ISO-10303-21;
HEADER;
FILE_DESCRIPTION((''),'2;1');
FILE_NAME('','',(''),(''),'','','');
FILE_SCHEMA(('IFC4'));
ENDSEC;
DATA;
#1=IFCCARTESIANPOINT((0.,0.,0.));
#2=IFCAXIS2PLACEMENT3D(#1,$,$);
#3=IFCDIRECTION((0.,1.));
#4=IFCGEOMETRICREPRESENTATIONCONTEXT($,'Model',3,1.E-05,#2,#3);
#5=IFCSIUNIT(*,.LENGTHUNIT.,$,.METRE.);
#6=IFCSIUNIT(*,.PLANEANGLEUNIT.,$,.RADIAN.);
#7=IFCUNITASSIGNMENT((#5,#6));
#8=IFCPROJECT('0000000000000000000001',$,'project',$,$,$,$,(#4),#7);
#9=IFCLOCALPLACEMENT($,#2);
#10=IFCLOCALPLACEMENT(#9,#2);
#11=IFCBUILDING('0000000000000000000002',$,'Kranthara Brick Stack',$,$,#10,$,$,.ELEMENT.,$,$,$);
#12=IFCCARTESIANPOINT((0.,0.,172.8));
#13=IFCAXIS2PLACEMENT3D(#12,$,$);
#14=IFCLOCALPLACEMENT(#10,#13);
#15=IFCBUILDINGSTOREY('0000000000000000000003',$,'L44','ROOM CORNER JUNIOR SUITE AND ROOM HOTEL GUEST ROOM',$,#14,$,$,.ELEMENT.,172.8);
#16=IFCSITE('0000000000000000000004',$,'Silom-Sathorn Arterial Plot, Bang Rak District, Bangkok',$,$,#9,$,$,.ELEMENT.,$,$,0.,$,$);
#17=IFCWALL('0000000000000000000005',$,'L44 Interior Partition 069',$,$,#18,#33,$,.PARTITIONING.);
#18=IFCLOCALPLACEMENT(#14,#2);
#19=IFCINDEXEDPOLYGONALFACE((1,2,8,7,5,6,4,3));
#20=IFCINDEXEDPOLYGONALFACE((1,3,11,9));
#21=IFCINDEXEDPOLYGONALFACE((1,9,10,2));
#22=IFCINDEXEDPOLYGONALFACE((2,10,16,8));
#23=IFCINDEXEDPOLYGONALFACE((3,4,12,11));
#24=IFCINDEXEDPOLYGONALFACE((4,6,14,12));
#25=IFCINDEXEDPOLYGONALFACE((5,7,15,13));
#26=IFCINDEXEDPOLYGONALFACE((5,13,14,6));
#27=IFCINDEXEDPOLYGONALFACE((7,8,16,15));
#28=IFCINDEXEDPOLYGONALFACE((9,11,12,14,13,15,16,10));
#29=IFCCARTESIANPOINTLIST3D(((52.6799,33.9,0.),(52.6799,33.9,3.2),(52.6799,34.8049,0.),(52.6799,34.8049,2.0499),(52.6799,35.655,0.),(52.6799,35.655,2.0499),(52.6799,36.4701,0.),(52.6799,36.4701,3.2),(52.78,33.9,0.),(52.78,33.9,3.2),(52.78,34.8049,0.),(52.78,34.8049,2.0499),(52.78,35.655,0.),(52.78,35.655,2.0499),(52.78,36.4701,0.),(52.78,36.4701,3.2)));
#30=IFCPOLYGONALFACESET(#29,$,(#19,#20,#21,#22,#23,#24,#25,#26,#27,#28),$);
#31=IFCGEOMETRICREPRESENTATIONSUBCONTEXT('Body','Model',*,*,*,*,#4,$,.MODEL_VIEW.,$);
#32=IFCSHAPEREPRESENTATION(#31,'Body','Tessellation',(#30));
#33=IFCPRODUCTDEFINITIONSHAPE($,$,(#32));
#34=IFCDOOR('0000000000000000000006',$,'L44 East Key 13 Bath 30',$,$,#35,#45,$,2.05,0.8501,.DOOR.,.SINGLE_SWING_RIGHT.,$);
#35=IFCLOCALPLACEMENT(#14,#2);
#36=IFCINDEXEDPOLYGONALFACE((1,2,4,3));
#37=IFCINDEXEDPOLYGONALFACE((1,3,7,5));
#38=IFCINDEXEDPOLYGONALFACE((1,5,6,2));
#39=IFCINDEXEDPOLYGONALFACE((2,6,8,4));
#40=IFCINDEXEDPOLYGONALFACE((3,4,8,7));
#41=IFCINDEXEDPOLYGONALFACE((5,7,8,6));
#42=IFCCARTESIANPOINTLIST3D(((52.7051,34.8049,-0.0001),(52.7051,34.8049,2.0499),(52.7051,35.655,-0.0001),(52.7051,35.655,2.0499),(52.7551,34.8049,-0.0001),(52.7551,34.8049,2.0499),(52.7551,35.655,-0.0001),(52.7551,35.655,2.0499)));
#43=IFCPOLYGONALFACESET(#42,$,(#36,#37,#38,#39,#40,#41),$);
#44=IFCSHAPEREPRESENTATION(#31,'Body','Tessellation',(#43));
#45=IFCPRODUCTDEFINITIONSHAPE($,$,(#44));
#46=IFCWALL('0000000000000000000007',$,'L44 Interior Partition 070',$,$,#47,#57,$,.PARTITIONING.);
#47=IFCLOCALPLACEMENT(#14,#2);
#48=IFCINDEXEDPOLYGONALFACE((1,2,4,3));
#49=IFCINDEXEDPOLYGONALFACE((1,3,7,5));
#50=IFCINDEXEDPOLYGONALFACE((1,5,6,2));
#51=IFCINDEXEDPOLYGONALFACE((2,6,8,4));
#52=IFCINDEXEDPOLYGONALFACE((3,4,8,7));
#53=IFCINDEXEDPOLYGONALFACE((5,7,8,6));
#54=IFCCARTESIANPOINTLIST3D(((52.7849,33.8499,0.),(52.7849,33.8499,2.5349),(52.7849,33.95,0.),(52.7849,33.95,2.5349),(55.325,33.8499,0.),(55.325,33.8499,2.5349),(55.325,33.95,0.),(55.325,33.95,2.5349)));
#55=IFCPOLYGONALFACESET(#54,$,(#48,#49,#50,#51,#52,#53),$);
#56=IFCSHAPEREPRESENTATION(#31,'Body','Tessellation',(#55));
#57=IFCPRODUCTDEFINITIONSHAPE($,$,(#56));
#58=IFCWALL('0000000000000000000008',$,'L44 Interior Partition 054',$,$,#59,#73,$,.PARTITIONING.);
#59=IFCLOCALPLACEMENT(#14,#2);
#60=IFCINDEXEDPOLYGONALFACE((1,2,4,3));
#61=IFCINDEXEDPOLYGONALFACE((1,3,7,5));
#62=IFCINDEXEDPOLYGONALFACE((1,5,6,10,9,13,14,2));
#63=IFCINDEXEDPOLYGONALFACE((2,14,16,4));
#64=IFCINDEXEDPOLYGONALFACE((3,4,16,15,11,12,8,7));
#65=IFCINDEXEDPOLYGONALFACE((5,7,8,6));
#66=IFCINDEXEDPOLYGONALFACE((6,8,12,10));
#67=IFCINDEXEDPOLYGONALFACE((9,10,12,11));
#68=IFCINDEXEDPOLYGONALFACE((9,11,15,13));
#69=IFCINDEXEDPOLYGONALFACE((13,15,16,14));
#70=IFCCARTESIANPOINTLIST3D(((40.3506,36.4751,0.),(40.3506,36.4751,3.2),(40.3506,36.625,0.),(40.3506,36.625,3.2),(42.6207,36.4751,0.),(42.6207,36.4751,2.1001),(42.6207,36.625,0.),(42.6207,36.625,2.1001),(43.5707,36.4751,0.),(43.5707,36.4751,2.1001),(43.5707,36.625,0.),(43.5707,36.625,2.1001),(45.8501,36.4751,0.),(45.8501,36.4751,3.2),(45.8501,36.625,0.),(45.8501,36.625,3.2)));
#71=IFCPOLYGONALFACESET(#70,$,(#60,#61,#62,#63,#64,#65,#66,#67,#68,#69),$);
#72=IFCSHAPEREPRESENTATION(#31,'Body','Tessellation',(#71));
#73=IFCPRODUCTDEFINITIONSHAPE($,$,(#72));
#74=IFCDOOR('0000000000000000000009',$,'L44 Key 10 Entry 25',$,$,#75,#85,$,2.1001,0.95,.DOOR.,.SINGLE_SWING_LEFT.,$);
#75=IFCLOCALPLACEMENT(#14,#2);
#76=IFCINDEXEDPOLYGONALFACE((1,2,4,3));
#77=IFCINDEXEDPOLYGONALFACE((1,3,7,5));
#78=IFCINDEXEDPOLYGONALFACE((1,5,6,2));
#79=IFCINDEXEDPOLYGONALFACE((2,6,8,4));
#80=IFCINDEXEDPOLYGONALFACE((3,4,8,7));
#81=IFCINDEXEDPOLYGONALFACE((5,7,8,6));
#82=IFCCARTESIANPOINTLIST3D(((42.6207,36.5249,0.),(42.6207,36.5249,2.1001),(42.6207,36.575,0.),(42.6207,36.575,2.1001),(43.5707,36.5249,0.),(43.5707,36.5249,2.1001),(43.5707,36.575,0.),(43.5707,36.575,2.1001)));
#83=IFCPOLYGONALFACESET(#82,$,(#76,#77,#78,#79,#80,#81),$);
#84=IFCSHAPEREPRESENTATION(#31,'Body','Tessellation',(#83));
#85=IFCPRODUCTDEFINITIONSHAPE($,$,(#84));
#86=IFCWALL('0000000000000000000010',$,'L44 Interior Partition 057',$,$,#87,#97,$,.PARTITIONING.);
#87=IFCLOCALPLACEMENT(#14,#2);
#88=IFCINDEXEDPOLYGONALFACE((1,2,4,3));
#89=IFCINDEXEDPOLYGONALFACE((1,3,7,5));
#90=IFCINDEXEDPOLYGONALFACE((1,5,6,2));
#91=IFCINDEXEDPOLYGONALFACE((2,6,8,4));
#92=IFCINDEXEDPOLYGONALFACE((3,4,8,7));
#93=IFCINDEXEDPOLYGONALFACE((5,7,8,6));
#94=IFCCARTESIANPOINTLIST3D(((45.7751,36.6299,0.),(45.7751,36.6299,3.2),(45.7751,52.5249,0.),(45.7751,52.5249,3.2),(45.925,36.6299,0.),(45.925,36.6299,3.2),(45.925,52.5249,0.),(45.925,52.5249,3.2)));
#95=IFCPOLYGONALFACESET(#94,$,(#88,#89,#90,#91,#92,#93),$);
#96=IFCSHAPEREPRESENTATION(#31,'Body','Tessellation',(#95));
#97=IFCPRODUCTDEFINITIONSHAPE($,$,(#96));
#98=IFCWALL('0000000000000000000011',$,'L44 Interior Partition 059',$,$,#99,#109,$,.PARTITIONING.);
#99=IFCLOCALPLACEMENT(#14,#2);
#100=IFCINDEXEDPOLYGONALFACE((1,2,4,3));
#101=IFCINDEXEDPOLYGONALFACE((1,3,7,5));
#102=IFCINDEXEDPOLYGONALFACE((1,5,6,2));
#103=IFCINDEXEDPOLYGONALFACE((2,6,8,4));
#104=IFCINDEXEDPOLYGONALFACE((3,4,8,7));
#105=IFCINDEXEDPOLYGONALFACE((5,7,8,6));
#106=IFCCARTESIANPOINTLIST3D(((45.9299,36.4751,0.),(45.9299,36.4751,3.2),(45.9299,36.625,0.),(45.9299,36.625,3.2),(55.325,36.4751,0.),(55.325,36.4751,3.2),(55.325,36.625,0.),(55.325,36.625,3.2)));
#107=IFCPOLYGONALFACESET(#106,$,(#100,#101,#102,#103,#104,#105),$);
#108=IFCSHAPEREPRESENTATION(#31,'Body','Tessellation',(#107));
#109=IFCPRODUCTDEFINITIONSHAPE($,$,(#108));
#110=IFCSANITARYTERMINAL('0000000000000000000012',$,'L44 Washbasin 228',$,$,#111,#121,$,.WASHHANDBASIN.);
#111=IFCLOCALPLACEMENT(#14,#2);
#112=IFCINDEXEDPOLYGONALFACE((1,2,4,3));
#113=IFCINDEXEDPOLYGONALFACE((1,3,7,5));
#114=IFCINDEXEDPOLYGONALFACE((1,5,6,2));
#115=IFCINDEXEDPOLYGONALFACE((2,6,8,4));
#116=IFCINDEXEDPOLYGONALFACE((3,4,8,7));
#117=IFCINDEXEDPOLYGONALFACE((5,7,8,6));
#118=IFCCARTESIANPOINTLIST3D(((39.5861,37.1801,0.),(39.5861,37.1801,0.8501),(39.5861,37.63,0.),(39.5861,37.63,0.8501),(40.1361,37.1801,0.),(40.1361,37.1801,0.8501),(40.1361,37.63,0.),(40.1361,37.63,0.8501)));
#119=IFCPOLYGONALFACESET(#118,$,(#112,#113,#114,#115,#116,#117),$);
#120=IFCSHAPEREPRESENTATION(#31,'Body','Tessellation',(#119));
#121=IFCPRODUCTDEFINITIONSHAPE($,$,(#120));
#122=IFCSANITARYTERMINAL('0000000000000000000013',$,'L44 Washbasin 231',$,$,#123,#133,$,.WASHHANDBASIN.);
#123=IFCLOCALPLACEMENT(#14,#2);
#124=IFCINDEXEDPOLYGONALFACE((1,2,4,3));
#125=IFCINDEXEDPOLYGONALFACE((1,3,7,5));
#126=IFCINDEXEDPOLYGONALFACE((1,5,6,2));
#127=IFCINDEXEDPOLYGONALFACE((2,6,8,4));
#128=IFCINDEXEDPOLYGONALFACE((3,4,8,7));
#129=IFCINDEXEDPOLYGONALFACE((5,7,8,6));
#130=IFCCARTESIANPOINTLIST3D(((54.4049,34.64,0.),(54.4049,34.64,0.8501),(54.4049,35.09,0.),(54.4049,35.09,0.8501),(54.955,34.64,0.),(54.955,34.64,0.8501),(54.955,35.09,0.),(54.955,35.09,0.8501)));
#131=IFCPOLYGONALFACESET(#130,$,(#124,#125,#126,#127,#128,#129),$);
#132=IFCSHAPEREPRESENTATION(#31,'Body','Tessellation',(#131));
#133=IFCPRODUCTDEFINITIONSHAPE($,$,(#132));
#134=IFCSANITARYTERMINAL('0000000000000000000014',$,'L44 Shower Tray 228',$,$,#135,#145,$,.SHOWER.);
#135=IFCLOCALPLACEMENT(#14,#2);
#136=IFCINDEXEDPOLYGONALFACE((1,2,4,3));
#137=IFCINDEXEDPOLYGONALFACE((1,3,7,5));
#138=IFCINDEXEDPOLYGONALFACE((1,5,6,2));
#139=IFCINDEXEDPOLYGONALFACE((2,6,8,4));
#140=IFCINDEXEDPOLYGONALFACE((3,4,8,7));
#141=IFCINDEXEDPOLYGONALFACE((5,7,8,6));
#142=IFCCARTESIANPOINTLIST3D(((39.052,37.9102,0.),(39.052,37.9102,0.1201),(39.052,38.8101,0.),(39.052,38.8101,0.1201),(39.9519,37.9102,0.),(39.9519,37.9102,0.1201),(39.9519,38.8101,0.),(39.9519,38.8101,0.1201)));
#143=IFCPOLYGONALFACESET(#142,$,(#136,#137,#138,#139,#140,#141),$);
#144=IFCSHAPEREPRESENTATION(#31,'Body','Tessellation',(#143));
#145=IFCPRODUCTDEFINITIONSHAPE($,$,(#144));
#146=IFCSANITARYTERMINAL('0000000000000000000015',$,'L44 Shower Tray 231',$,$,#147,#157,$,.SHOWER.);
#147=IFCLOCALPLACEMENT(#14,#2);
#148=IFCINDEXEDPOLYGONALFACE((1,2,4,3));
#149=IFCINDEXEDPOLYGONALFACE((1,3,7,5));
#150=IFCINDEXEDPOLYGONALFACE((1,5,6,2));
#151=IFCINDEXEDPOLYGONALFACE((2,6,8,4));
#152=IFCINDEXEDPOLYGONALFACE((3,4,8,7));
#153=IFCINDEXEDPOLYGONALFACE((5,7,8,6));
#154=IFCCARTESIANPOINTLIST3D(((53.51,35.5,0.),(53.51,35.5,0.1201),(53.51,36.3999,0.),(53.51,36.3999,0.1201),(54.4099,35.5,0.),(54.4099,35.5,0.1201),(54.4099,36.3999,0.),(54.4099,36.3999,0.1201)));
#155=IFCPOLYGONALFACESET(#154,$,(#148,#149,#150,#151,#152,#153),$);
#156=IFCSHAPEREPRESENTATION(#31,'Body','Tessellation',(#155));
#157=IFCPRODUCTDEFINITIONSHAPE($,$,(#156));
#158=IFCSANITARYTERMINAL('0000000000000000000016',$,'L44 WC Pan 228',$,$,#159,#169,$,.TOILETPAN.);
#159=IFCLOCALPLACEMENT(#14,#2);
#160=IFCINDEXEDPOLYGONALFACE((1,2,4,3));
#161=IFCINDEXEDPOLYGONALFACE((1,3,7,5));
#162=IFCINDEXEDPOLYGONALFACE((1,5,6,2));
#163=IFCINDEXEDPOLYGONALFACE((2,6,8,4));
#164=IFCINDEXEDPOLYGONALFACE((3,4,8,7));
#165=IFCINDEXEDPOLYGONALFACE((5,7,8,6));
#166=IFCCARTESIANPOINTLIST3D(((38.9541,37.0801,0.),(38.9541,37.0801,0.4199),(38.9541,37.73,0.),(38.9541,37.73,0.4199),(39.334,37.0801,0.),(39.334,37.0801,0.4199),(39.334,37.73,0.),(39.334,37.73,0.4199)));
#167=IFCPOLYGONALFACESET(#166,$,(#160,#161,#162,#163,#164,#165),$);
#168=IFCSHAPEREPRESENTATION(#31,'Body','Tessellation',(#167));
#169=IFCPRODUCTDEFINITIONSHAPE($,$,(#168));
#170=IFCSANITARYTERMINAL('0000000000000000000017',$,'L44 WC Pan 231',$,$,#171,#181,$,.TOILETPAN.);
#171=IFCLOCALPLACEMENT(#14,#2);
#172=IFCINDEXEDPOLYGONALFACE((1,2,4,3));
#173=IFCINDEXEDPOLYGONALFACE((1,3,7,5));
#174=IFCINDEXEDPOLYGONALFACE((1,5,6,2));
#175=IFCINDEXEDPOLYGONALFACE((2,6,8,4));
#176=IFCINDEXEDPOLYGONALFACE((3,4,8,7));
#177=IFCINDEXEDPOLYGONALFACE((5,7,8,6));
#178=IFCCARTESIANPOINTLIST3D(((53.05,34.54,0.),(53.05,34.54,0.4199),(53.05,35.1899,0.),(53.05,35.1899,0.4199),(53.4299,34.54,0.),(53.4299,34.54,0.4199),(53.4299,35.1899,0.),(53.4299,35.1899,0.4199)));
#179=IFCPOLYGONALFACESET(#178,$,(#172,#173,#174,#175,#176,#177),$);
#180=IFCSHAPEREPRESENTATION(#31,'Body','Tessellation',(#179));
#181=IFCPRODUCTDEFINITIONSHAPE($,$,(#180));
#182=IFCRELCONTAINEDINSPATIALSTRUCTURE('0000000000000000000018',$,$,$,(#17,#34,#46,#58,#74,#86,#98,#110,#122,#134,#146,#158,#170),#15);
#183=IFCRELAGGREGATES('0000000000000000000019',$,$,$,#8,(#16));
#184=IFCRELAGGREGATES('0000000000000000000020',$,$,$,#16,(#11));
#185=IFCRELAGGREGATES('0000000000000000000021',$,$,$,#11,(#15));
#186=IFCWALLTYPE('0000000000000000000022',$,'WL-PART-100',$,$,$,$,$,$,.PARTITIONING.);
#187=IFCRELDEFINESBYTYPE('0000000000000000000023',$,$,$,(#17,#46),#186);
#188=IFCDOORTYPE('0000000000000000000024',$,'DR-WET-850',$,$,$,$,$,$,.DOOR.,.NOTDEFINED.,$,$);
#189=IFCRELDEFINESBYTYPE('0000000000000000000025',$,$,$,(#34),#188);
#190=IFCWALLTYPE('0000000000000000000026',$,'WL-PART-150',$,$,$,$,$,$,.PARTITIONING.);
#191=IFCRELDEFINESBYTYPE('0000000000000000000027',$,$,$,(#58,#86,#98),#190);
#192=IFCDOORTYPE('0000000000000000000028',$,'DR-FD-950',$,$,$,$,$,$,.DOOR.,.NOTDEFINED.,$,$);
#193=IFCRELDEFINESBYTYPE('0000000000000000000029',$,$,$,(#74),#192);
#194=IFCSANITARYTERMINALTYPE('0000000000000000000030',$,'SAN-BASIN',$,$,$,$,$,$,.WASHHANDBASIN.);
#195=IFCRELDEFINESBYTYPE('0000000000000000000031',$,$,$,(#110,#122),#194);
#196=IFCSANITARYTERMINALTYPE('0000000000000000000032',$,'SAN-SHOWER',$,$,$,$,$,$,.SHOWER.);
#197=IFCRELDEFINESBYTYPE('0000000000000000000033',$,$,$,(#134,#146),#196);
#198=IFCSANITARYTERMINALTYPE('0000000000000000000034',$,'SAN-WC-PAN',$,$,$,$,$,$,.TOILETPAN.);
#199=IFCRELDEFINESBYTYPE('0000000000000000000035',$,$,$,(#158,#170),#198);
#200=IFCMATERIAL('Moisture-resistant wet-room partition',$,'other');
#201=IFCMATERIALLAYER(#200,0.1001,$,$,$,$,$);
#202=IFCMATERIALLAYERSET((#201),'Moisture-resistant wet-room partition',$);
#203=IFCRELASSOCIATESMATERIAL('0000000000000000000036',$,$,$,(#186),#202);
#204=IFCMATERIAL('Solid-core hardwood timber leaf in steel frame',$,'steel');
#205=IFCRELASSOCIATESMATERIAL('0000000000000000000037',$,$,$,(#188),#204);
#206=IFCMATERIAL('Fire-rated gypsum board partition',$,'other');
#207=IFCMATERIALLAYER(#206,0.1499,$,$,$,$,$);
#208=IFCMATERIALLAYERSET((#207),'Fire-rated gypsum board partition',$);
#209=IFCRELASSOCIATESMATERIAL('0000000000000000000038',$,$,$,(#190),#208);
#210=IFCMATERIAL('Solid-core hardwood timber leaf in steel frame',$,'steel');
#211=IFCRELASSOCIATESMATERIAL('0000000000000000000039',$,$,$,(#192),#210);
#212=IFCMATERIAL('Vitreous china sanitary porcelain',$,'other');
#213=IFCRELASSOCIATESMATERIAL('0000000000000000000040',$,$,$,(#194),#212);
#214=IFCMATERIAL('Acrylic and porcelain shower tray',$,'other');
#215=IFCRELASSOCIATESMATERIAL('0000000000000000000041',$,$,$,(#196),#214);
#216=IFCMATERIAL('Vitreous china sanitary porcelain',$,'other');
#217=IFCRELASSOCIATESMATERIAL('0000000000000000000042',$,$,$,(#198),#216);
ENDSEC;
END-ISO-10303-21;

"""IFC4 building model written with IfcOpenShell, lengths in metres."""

from ifc_helpers import new_model, si_unit, direction, frame, frame_2d, origin, origin_2d, place, context, subcontext, project, spatial, rectangle, extrude, material, layer, layer_set, type_object, element, fill, save


model = new_model("IFC4")

# Units and contexts
model_context = context("Model", 3, precision=1e-05, world=origin(), true_north=direction((0.0, 1.0)))
body_context = subcontext(model_context, "Body", "Model", "MODEL_VIEW")
ifc_project = project(units=[si_unit("LENGTHUNIT", "METRE"), si_unit("PLANEANGLEUNIT", "RADIAN")], contexts=[model_context])

# Site, building, storey
site_placement = place(None, origin())
site = spatial("IfcSite", under=ifc_project, at=site_placement, Name="Silom-Sathorn Arterial Plot, Bang Rak District, Bangkok", CompositionType="ELEMENT", RefElevation=0.0)
building_placement = place(site_placement, origin())
building = spatial("IfcBuilding", under=site, at=building_placement, Name="Kranthara Brick Stack", CompositionType="ELEMENT")
storey_placement = place(building_placement, frame((0.0, 0.0, 172.8)))
storey = spatial("IfcBuildingStorey", under=building, at=storey_placement, Name="L44", Description="ROOM CORNER JUNIOR SUITE AND ROOM HOTEL GUEST ROOM", CompositionType="ELEMENT", Elevation=172.8)

# Wall, opening, door
ifc_material_1 = material(Name="Moisture-resistant wet-room partition", Category="other")
ifc_layer_1 = layer(ifc_material_1, 0.1001)
ifc_layer_set_1 = layer_set([ifc_layer_1], Name="Moisture-resistant wet-room partition")
wall_type_1 = type_object("IfcWallType", Name="WL-PART-100", PredefinedType="PARTITIONING", material=ifc_layer_set_1)
ifc_material_2 = material(Name="Solid-core hardwood timber leaf in steel frame", Category="steel")
door_type_1 = type_object("IfcDoorType", Name="DR-WET-850", OperationType="NOTDEFINED", PredefinedType="DOOR", material=ifc_material_2)
wall_1_placement = place(storey_placement, frame((52.73, 33.8999, 0.0), z_axis=(0.0, 0.0, 1.0), x_axis=(0.0, 1.0, 0.0)))
wall_1 = element("IfcWall", 1, at=wall_1_placement, inside=storey, type_object=wall_type_1, Name="L44 Interior Partition 069", PredefinedType="PARTITIONING", context=body_context, shape_type="SweptSolid", body=[
    extrude(rectangle(XDim=2.5701, YDim=0.1001, at=frame_2d((1.2852, 0.0))), origin(), (0.0, 0.0, 1.0), 3.2),
])
opening_1_placement = place(wall_1_placement, frame((0.905, 0.0, 0.0)))
opening_1 = element("IfcOpeningElement", 2, at=opening_1_placement, cuts=wall_1, PredefinedType="OPENING", context=body_context, shape_type="SweptSolid", body=[
    extrude(rectangle(XDim=0.8501, YDim=2.05, at=frame_2d((0.425, 1.0249))), frame((0.0, 0.0601, 0.0), z_axis=(0.0, -1.0, 0.0), x_axis=(1.0, 0.0, 0.0)), (0.0, 0.0, 1.0), 0.1201),
])
door_1_placement = place(opening_1_placement, origin())
door_1 = element("IfcDoor", 3, at=door_1_placement, inside=storey, type_object=door_type_1, Name="L44 East Key 13 Bath 30", OperationType="SINGLE_SWING_RIGHT", OverallHeight=2.05, OverallWidth=0.8501, PredefinedType="DOOR", context=body_context, shape_type="SweptSolid", body=[
    extrude(rectangle(XDim=0.8501, YDim=2.05, at=frame_2d((0.425, 1.0249))), frame((0.0, 0.0249, 0.0), z_axis=(0.0, -1.0, 0.0), x_axis=(1.0, 0.0, 0.0)), (0.0, 0.0, 1.0), 0.05),
])
fill(opening_1, door_1)

# Wall
wall_2_placement = place(storey_placement, frame((52.7849, 33.8999, 0.0), z_axis=(0.0, 0.0, 1.0), x_axis=(1.0, 0.0, 0.0)))
element("IfcWall", 4, at=wall_2_placement, inside=storey, type_object=wall_type_1, Name="L44 Interior Partition 070", PredefinedType="PARTITIONING", context=body_context, shape_type="SweptSolid", body=[
    extrude(rectangle(XDim=2.54, YDim=0.1001, at=frame_2d((1.27, 0.0))), origin(), (0.0, 0.0, 1.0), 2.5349),
])

# Wall, opening, door
ifc_material_3 = material(Name="Fire-rated gypsum board partition", Category="other")
ifc_layer_2 = layer(ifc_material_3, 0.1499)
ifc_layer_set_2 = layer_set([ifc_layer_2], Name="Fire-rated gypsum board partition")
wall_type_2 = type_object("IfcWallType", Name="WL-PART-150", PredefinedType="PARTITIONING", material=ifc_layer_set_2)
wall_3_placement = place(storey_placement, frame((40.3506, 36.55, 0.0), z_axis=(0.0, 0.0, 1.0), x_axis=(1.0, 0.0, 0.0)))
wall_3 = element("IfcWall", 5, at=wall_3_placement, inside=storey, type_object=wall_type_2, Name="L44 Interior Partition 054", PredefinedType="PARTITIONING", context=body_context, shape_type="SweptSolid", body=[
    extrude(rectangle(XDim=5.4995, YDim=0.1499, at=frame_2d((2.7498, 0.0))), origin(), (0.0, 0.0, 1.0), 3.2),
])
opening_2_placement = place(wall_3_placement, frame((2.27, 0.0, 0.0)))
opening_2 = element("IfcOpeningElement", 6, at=opening_2_placement, cuts=wall_3, PredefinedType="OPENING", context=body_context, shape_type="SweptSolid", body=[
    extrude(rectangle(XDim=0.95, YDim=2.1001, at=frame_2d((0.4751, 1.05))), frame((0.0, 0.085, 0.0), z_axis=(0.0, -1.0, 0.0), x_axis=(1.0, 0.0, 0.0)), (0.0, 0.0, 1.0), 0.1699),
])
ifc_material_4 = material(Name="Solid-core hardwood timber leaf in steel frame", Category="steel")
door_type_2 = type_object("IfcDoorType", Name="DR-FD-950", OperationType="NOTDEFINED", PredefinedType="DOOR", material=ifc_material_4)
door_2_placement = place(opening_2_placement, origin())
door_2 = element("IfcDoor", 7, at=door_2_placement, inside=storey, type_object=door_type_2, Name="L44 Key 10 Entry 25", OperationType="SINGLE_SWING_LEFT", OverallHeight=2.1001, OverallWidth=0.95, PredefinedType="DOOR", context=body_context, shape_type="SweptSolid", body=[
    extrude(rectangle(XDim=0.95, YDim=2.1001, at=frame_2d((0.4751, 1.05))), frame((0.0, 0.0249, 0.0), z_axis=(0.0, -1.0, 0.0), x_axis=(1.0, 0.0, 0.0)), (0.0, 0.0, 1.0), 0.05),
])
fill(opening_2, door_2)

# Walls
wall_4_placement = place(storey_placement, frame((45.8501, 36.6299, 0.0), z_axis=(0.0, 0.0, 1.0), x_axis=(0.0, 1.0, 0.0)))
element("IfcWall", 8, at=wall_4_placement, inside=storey, type_object=wall_type_2, Name="L44 Interior Partition 057", PredefinedType="PARTITIONING", context=body_context, shape_type="SweptSolid", body=[
    extrude(rectangle(XDim=15.895, YDim=0.1499, at=frame_2d((7.9475, 0.0))), origin(), (0.0, 0.0, 1.0), 3.2),
])
wall_5_placement = place(storey_placement, frame((45.9299, 36.55, 0.0), z_axis=(0.0, 0.0, 1.0), x_axis=(1.0, 0.0, 0.0)))
element("IfcWall", 9, at=wall_5_placement, inside=storey, type_object=wall_type_2, Name="L44 Interior Partition 059", PredefinedType="PARTITIONING", context=body_context, shape_type="SweptSolid", body=[
    extrude(rectangle(XDim=9.395, YDim=0.1499, at=frame_2d((4.6975, 0.0))), origin(), (0.0, 0.0, 1.0), 3.2),
])

# Sanitary terminals
ifc_material_5 = material(Name="Vitreous china sanitary porcelain", Category="other")
sanitary_terminal_type_1 = type_object("IfcSanitaryTerminalType", Name="SAN-BASIN", PredefinedType="WASHHANDBASIN", material=ifc_material_5)
for number, where, z_axis, x_axis, name in (
    (10, (39.8611, 37.405, 0.0), (0.0, 0.0, 1.0), (1.0, 0.0, 0.0), "L44 Washbasin 228"),
    (11, (54.6799, 34.865, 0.0), (0.0, 0.0, 1.0), (1.0, 0.0, 0.0), "L44 Washbasin 231"),
):
    element("IfcSanitaryTerminal", number, at=place(storey_placement, frame(where, z_axis=z_axis, x_axis=x_axis)), inside=storey, type_object=sanitary_terminal_type_1, Name=name, PredefinedType="WASHHANDBASIN", context=body_context, shape_type="SweptSolid", body=[
        extrude(rectangle(XDim=0.55, YDim=0.45, at=origin_2d()), origin(), (0.0, 0.0, 1.0), 0.8501),
    ])
ifc_material_6 = material(Name="Acrylic and porcelain shower tray", Category="other")
sanitary_terminal_type_2 = type_object("IfcSanitaryTerminalType", Name="SAN-SHOWER", PredefinedType="SHOWER", material=ifc_material_6)
for number, where, z_axis, x_axis, name in (
    (12, (39.502, 38.3601, 0.0), (0.0, 0.0, 1.0), (1.0, 0.0, 0.0), "L44 Shower Tray 228"),
    (13, (53.96, 35.95, 0.0), (0.0, 0.0, 1.0), (1.0, 0.0, 0.0), "L44 Shower Tray 231"),
):
    element("IfcSanitaryTerminal", number, at=place(storey_placement, frame(where, z_axis=z_axis, x_axis=x_axis)), inside=storey, type_object=sanitary_terminal_type_2, Name=name, PredefinedType="SHOWER", context=body_context, shape_type="SweptSolid", body=[
        extrude(rectangle(XDim=0.8999, YDim=0.8999, at=origin_2d()), origin(), (0.0, 0.0, 1.0), 0.1201),
    ])
ifc_material_7 = material(Name="Vitreous china sanitary porcelain", Category="other")
sanitary_terminal_type_3 = type_object("IfcSanitaryTerminalType", Name="SAN-WC-PAN", PredefinedType="TOILETPAN", material=ifc_material_7)
for number, where, z_axis, x_axis, name in (
    (14, (39.144, 37.405, 0.0), (0.0, 0.0, 1.0), (1.0, 0.0, 0.0), "L44 WC Pan 228"),
    (15, (53.24, 34.865, 0.0), (0.0, 0.0, 1.0), (1.0, 0.0, 0.0), "L44 WC Pan 231"),
):
    element("IfcSanitaryTerminal", number, at=place(storey_placement, frame(where, z_axis=z_axis, x_axis=x_axis)), inside=storey, type_object=sanitary_terminal_type_3, Name=name, PredefinedType="TOILETPAN", context=body_context, shape_type="SweptSolid", body=[
        extrude(rectangle(XDim=0.3799, YDim=0.6499, at=origin_2d()), origin(), (0.0, 0.0, 1.0), 0.4199),
    ])

save(model, "model.ifc")
